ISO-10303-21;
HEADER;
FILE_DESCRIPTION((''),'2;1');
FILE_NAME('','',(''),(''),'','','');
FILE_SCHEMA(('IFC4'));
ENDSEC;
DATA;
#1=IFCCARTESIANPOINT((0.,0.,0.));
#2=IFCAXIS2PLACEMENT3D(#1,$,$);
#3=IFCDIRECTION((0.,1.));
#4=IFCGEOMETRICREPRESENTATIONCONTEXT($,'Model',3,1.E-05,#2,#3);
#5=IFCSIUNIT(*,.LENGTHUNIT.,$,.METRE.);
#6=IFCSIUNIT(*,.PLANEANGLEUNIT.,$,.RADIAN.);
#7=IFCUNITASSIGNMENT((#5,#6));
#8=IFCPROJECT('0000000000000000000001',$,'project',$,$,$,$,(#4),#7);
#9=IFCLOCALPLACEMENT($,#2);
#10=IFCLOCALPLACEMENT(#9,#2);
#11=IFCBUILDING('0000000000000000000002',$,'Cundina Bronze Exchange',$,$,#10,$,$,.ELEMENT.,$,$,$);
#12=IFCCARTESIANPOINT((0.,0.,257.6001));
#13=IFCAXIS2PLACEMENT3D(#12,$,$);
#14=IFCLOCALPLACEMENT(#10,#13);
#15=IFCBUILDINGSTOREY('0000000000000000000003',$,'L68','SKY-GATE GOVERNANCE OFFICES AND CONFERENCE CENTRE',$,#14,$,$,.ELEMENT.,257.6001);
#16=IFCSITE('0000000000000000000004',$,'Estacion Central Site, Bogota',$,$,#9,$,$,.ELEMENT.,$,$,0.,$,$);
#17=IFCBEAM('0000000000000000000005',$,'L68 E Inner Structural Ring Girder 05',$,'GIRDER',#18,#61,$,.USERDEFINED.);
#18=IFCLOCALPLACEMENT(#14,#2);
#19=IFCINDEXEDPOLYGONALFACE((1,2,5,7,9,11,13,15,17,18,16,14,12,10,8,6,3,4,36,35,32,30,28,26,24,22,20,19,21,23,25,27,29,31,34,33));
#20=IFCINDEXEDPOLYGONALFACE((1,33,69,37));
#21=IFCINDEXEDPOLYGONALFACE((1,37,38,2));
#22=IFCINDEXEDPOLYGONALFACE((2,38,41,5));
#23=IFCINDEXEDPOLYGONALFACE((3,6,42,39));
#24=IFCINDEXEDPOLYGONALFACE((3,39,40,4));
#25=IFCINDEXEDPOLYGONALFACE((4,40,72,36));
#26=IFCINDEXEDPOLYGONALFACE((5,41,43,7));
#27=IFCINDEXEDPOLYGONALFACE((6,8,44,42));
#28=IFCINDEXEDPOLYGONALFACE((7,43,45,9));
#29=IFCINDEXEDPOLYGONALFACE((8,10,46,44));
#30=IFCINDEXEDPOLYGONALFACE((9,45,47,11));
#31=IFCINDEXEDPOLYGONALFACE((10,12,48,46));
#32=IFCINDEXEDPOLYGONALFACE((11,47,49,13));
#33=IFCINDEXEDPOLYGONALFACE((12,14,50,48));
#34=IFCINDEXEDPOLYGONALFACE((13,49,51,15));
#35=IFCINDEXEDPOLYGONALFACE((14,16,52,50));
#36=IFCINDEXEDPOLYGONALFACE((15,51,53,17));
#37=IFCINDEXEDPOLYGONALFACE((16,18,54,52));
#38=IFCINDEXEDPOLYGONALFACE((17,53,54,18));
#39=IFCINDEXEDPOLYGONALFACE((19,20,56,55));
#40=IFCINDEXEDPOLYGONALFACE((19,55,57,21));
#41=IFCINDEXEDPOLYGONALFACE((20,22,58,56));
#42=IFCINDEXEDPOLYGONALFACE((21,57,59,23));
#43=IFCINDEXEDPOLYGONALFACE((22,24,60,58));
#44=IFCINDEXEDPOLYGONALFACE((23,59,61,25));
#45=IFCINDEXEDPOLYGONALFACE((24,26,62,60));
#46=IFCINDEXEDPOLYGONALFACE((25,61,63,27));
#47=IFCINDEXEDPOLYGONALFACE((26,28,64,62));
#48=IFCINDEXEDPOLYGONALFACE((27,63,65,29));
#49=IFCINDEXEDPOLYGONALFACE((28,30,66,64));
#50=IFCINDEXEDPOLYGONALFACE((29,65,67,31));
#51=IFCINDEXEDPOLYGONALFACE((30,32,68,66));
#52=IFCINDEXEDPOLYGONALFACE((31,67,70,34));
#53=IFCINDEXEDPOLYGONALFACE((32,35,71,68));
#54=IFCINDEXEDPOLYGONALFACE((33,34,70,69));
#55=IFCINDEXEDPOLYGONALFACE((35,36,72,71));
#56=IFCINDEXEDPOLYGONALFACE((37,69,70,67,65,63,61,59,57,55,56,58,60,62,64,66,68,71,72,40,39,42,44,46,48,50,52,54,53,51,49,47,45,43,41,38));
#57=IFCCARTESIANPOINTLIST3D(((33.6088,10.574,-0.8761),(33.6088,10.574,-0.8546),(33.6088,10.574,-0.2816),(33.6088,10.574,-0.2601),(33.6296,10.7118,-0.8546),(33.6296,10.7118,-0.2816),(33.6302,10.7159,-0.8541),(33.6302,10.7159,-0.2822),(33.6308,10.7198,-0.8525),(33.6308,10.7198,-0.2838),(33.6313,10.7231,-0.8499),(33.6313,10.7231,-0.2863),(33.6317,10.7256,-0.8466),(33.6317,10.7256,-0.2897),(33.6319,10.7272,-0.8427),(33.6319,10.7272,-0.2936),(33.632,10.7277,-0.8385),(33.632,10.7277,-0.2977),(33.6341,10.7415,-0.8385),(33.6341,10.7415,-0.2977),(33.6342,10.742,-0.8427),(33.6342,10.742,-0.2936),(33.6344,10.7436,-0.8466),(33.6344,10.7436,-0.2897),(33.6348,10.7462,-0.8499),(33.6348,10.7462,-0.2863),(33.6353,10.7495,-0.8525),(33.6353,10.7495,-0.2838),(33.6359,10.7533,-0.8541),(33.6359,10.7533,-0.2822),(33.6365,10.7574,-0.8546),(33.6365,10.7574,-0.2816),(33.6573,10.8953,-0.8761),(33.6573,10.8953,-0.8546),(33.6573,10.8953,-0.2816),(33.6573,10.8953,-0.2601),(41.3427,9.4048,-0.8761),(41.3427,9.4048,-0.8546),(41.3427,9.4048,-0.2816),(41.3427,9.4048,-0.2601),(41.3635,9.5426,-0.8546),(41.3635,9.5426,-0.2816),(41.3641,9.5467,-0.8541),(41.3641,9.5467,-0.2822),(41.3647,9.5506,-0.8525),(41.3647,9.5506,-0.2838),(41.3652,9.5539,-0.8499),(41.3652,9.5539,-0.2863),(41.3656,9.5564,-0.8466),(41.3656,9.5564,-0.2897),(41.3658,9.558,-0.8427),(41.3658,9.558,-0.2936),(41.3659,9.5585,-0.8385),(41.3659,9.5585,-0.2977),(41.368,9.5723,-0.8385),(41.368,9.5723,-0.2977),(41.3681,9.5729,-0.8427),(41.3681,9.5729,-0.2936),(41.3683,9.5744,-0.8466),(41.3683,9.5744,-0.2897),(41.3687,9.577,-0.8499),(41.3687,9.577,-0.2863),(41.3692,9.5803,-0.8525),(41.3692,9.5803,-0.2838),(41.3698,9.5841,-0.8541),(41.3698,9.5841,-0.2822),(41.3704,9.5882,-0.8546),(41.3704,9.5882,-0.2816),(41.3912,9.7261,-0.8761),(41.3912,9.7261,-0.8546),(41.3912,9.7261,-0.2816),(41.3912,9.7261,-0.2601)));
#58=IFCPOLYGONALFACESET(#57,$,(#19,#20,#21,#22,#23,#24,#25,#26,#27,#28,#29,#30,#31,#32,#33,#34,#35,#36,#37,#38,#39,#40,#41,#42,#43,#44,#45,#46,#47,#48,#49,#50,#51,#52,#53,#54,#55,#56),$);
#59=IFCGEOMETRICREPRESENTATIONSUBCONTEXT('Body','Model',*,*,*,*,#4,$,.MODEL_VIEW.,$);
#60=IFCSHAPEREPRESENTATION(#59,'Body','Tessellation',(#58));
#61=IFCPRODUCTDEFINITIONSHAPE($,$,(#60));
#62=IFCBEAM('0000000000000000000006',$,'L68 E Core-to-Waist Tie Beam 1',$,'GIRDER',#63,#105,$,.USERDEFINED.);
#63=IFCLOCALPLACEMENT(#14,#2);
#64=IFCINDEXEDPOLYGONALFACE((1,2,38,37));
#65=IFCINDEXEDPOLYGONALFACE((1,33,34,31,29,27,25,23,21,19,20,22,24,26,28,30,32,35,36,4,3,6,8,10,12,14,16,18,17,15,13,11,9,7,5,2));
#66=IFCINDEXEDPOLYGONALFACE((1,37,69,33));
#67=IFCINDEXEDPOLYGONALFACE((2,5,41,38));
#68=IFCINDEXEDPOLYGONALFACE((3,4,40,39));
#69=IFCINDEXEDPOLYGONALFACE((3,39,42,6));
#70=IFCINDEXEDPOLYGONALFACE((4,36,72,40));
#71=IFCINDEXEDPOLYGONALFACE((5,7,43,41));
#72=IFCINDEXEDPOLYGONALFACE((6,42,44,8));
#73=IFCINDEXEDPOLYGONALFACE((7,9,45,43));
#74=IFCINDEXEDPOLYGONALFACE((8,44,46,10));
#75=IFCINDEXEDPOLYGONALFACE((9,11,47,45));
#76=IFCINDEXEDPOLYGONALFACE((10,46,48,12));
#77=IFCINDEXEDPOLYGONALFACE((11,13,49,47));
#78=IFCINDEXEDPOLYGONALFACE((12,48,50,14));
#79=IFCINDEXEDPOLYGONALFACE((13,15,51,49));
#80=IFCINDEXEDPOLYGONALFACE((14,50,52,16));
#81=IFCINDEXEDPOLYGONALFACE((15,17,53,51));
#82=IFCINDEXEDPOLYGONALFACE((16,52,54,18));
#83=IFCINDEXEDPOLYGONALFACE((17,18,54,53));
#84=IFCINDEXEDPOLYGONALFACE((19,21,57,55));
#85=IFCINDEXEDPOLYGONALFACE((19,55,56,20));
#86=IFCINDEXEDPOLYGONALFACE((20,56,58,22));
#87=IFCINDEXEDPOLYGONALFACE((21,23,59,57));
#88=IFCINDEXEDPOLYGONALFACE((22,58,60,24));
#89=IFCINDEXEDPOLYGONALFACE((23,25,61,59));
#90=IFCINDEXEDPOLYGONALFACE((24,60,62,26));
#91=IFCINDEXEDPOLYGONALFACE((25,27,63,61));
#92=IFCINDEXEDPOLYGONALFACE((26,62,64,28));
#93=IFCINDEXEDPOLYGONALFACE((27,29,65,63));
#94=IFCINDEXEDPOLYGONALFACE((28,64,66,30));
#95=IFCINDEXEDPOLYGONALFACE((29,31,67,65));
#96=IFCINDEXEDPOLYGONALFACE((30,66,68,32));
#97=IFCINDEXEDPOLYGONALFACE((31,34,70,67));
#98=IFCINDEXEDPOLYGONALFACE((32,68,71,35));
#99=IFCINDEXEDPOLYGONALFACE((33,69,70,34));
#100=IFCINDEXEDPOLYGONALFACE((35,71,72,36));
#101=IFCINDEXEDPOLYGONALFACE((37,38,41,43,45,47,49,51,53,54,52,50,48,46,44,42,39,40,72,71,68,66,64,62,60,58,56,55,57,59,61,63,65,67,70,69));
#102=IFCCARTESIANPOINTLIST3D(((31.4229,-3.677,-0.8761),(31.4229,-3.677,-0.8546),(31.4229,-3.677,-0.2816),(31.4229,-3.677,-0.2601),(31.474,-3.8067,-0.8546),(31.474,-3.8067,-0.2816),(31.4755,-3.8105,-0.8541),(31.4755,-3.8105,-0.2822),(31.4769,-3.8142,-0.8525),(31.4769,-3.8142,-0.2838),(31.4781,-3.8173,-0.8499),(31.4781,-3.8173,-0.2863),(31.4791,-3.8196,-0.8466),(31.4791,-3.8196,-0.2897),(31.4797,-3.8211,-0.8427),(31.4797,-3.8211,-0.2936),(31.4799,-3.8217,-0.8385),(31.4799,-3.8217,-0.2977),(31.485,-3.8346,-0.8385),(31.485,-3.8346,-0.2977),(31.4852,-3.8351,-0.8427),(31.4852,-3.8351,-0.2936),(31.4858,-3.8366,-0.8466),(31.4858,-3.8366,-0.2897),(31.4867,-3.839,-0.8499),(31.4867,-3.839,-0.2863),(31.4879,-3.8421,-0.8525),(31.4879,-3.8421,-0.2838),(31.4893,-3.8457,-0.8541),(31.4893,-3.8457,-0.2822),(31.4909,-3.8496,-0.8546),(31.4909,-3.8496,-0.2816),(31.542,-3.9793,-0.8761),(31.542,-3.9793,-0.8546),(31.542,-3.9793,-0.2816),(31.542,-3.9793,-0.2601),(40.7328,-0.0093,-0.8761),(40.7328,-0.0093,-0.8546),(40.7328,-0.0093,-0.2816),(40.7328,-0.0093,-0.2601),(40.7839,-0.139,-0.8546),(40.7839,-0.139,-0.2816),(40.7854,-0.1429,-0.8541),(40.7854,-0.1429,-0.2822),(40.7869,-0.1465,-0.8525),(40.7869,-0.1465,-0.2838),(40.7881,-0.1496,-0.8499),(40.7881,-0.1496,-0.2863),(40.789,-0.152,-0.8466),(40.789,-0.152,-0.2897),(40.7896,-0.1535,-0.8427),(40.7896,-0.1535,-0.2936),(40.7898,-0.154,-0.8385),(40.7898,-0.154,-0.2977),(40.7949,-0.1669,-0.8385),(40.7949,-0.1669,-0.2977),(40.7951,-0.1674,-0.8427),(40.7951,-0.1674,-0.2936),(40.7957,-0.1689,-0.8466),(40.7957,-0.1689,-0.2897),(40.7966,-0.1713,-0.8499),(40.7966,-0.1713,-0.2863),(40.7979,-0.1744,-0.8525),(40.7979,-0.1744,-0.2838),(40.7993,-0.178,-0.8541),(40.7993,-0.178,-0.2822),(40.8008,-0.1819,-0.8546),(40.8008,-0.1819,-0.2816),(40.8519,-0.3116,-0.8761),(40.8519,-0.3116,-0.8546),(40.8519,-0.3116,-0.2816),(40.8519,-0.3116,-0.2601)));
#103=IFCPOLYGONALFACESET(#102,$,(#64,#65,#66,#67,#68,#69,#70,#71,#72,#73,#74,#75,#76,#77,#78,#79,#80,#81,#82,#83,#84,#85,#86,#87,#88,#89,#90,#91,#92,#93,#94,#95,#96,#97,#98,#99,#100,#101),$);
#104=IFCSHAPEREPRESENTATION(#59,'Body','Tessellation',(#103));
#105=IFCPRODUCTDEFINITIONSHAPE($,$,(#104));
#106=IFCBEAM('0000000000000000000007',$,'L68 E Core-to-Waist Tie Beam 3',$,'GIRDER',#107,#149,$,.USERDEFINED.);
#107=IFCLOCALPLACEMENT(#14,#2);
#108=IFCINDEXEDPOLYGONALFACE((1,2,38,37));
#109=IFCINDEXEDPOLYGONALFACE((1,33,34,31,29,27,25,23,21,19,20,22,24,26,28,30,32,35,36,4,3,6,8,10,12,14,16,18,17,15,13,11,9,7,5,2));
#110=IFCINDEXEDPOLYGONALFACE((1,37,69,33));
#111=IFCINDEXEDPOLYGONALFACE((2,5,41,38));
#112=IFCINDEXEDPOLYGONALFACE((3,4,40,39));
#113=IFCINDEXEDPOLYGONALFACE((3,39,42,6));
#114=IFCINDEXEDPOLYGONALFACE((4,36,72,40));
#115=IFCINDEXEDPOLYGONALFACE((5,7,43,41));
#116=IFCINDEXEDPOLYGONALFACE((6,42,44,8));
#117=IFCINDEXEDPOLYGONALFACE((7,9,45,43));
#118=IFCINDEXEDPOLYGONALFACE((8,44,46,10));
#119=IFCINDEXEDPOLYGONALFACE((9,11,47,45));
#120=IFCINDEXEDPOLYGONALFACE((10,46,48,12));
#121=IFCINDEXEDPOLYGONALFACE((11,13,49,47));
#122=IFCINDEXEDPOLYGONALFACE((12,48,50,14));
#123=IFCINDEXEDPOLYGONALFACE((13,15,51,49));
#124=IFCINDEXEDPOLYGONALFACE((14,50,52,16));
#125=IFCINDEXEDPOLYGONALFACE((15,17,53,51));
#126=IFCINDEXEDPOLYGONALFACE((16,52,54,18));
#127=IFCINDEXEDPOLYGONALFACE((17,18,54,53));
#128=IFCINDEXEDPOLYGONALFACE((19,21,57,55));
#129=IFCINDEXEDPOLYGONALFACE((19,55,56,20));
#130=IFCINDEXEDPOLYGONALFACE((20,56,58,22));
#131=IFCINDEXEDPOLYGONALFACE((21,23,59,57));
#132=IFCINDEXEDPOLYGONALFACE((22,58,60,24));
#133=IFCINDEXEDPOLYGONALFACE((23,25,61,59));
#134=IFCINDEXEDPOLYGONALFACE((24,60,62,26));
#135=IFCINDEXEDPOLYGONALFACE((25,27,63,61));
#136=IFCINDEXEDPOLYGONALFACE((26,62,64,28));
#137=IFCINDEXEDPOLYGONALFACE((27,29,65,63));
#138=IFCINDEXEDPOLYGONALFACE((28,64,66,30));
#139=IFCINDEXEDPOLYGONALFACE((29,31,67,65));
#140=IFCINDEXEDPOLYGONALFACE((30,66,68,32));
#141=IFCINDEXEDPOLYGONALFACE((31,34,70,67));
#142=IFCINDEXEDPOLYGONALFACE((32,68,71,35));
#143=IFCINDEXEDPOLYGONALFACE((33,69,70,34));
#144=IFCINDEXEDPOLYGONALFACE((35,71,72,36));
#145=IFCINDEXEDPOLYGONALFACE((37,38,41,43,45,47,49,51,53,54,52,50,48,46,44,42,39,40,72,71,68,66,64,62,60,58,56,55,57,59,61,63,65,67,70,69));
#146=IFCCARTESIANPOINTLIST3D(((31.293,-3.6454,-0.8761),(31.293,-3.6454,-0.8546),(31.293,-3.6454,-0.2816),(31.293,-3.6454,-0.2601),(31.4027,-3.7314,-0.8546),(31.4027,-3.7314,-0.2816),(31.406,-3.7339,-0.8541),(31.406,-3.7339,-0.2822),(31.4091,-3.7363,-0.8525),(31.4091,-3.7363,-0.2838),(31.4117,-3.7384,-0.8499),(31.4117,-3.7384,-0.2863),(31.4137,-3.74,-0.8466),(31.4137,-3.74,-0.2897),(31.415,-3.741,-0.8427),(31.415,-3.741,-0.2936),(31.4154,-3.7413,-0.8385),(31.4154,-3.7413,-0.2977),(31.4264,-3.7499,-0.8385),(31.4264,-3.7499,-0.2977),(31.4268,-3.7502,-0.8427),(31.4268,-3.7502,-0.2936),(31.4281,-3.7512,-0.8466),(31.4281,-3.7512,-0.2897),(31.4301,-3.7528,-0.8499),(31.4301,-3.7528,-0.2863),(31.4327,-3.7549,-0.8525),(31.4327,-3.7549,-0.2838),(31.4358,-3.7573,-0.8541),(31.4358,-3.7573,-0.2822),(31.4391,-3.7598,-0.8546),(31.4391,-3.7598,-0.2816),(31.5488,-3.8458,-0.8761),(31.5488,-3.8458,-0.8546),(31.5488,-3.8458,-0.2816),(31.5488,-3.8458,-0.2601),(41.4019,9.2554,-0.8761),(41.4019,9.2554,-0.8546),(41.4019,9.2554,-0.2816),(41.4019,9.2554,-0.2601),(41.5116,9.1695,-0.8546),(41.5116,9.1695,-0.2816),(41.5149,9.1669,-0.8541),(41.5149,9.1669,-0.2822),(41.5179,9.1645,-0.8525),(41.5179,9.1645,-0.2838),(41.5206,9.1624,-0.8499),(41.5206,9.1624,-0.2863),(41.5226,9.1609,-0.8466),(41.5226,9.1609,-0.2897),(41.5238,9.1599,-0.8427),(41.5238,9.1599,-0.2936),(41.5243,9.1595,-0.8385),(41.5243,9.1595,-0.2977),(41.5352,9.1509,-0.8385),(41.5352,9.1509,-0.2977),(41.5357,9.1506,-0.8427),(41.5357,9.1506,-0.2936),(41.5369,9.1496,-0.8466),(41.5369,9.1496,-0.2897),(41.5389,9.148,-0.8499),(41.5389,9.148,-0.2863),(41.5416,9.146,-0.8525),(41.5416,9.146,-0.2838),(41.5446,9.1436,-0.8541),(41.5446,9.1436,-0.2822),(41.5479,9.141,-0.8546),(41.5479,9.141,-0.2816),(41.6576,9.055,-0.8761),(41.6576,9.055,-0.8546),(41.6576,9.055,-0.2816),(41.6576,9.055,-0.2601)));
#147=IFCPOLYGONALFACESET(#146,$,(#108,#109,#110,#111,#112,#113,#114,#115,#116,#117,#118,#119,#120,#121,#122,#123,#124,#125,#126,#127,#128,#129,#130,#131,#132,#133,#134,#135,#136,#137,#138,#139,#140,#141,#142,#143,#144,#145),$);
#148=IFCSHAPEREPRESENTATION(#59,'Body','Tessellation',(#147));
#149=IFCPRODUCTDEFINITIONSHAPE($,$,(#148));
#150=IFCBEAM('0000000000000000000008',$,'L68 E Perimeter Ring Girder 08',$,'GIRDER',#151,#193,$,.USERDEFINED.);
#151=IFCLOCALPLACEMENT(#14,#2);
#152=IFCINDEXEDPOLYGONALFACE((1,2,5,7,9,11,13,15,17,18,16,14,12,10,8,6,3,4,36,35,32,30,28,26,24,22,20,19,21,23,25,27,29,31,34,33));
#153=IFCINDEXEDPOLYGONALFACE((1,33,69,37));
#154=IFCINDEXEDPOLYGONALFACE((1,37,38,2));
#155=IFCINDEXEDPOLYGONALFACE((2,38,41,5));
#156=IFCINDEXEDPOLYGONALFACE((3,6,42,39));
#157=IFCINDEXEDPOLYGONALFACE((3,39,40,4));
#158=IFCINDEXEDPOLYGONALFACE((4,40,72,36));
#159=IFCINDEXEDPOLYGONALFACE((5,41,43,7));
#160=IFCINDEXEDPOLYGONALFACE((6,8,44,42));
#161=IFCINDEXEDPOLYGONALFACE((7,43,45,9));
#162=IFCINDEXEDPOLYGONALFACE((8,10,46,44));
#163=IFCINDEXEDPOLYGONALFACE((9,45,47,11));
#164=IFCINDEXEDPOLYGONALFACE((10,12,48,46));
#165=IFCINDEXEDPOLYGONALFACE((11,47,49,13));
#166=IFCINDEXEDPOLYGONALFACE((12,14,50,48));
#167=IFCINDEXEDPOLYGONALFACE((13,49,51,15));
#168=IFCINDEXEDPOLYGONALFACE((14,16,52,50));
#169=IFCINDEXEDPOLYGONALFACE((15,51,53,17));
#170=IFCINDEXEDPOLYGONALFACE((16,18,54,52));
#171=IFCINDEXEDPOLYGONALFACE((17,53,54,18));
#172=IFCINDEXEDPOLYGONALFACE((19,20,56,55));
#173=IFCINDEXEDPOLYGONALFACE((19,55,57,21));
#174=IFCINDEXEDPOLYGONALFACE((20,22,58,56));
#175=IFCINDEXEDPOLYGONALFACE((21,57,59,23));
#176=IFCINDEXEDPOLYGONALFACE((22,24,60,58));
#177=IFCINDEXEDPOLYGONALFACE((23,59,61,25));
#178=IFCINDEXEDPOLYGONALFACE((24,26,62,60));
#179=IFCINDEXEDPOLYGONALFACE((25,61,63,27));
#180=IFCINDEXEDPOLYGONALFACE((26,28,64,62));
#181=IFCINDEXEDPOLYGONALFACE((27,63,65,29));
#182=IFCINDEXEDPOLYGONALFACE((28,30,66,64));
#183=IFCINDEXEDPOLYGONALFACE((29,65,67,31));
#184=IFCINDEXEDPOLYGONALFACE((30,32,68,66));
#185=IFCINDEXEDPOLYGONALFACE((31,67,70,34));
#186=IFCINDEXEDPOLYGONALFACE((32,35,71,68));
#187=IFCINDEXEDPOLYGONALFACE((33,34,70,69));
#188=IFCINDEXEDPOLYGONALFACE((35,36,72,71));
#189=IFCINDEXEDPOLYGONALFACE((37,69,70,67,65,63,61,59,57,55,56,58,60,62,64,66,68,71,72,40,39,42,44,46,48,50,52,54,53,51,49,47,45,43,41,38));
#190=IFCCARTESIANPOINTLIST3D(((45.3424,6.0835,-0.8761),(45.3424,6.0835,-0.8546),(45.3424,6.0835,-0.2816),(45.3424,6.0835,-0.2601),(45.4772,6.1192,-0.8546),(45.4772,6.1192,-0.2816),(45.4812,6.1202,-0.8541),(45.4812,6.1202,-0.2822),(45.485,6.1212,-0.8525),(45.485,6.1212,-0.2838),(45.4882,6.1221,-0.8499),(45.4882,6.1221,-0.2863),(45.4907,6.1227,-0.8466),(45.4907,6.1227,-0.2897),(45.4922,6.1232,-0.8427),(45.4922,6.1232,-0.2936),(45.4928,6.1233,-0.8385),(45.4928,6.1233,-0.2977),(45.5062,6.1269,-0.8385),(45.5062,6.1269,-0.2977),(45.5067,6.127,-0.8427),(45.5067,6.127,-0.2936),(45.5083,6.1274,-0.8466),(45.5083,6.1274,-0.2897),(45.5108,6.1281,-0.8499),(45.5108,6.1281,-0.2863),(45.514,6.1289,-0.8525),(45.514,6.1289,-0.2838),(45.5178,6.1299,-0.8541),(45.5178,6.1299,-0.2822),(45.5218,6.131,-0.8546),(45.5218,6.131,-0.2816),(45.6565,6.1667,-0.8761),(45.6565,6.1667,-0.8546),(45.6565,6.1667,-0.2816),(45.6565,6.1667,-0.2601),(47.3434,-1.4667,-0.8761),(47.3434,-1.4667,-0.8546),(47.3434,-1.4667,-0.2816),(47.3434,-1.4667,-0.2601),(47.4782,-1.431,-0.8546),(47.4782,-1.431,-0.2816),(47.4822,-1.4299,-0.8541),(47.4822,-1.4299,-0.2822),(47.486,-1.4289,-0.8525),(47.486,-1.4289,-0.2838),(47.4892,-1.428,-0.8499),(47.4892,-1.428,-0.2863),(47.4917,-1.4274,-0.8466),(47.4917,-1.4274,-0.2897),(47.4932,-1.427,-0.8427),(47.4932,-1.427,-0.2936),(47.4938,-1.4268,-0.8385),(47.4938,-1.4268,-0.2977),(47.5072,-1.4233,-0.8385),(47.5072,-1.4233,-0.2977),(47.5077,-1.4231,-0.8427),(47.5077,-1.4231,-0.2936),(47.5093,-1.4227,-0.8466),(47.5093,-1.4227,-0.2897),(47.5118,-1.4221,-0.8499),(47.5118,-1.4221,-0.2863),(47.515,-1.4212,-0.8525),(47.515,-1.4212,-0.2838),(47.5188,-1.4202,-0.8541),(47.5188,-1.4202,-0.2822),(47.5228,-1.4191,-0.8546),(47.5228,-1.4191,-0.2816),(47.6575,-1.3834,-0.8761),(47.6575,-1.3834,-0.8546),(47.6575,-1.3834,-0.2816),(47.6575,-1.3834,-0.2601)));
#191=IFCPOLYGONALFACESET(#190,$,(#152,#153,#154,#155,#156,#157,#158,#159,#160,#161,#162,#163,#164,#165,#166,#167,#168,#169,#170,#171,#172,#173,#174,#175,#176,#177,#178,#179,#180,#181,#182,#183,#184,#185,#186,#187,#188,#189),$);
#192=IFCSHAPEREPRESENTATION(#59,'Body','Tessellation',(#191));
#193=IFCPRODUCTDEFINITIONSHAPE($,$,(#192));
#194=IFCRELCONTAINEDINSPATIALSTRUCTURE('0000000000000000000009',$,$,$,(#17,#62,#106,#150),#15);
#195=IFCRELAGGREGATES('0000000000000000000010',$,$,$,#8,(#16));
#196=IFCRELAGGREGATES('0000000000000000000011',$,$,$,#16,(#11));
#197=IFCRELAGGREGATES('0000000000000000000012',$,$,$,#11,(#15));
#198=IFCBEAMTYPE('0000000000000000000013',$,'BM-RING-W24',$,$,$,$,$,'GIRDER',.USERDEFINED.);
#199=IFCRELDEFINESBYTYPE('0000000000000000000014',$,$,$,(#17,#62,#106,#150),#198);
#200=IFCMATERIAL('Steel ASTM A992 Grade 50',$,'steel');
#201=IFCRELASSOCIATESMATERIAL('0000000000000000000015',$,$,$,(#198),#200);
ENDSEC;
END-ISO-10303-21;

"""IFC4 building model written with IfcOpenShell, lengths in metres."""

from ifc_helpers import new_model, si_unit, direction, frame, origin, origin_2d, place, context, subcontext, project, spatial, i_section, extrude, material, material_profile, profile_set, type_object, element, save


model = new_model("IFC4")

# Units and contexts
model_context = context("Model", 3, precision=1e-05, world=origin(), true_north=direction((0.0, 1.0)))
body_context = subcontext(model_context, "Body", "Model", "MODEL_VIEW")
ifc_project = project(units=[si_unit("LENGTHUNIT", "METRE"), si_unit("PLANEANGLEUNIT", "RADIAN")], contexts=[model_context])

# Site, building, storey
site_placement = place(None, origin())
site = spatial("IfcSite", under=ifc_project, at=site_placement, Name="Estacion Central Site, Bogota", CompositionType="ELEMENT", RefElevation=0.0)
building_placement = place(site_placement, origin())
building = spatial("IfcBuilding", under=site, at=building_placement, Name="Cundina Bronze Exchange", CompositionType="ELEMENT")
storey_placement = place(building_placement, frame((0.0, 0.0, 257.6001)))
storey = spatial("IfcBuildingStorey", under=building, at=storey_placement, Name="L68", Description="SKY-GATE GOVERNANCE OFFICES AND CONFERENCE CENTRE", CompositionType="ELEMENT", Elevation=257.6001)

# Shared definitions
ifc_material_1 = material(Name="Steel ASTM A992 Grade 50", Category="steel")

# Beams
ifc_material_profile_1 = material_profile(ifc_material_1, i_section(OverallWidth=0.325, OverallDepth=0.616, WebThickness=0.0139, FlangeThickness=0.0215, FilletRadius=0.0161, at=origin_2d()), Name="W24X117", Category="steel")
ifc_profile_set_1 = profile_set([ifc_material_profile_1], Name="Steel ASTM A992 Grade 50")
beam_type_1 = type_object("IfcBeamType", Name="BM-RING-W24", ElementType="GIRDER", PredefinedType="USERDEFINED", material=ifc_profile_set_1)
beam_1_placement = place(storey_placement, frame((41.3669, 9.5654, -0.5681), z_axis=(-0.988765, 0.149479, 0.0), x_axis=(-0.149479, -0.988765, 0.0)))
element("IfcBeam", 1, at=beam_1_placement, inside=storey, type_object=beam_type_1, Name="L68 E Inner Structural Ring Girder 05", ObjectType="GIRDER", PredefinedType="USERDEFINED", context=body_context, shape_type="SweptSolid", body=[
    extrude(i_section(OverallWidth=0.325, OverallDepth=0.616, WebThickness=0.0139, FlangeThickness=0.0215, FilletRadius=0.0161, at=origin_2d()), origin(), (0.0, 0.0, 1.0), 7.8218),
])
beam_2_placement = place(storey_placement, frame((31.4824, -3.8281, -0.5681), z_axis=(0.930404, 0.366535, 0.0), x_axis=(-0.366535, 0.930404, 0.0)))
element("IfcBeam", 2, at=beam_2_placement, inside=storey, type_object=beam_type_1, Name="L68 E Core-to-Waist Tie Beam 1", ObjectType="GIRDER", PredefinedType="USERDEFINED", context=body_context, shape_type="SweptSolid", body=[
    extrude(i_section(OverallWidth=0.325, OverallDepth=0.616, WebThickness=0.0139, FlangeThickness=0.0215, FilletRadius=0.0161, at=origin_2d()), origin(), (0.0, 0.0, 1.0), 10.0063),
])
beam_3_placement = place(storey_placement, frame((31.4209, -3.7456, -0.5681), z_axis=(0.616783, 0.787133, 0.0), x_axis=(-0.787133, 0.616783, 0.0)))
element("IfcBeam", 3, at=beam_3_placement, inside=storey, type_object=beam_type_1, Name="L68 E Core-to-Waist Tie Beam 3", ObjectType="GIRDER", PredefinedType="USERDEFINED", context=body_context, shape_type="SweptSolid", body=[
    extrude(i_section(OverallWidth=0.325, OverallDepth=0.616, WebThickness=0.0139, FlangeThickness=0.0215, FilletRadius=0.0161, at=origin_2d()), origin(), (0.0, 0.0, 1.0), 16.3896),
])
for number, where, z_axis, x_axis, name in (
    (4, (47.5005, -1.425, -0.5681), (-0.256184, 0.966628, 0.0), (-0.966628, -0.256184, 0.0), "L68 E Perimeter Ring Girder 08"),
):
    element("IfcBeam", number, at=place(storey_placement, frame(where, z_axis=z_axis, x_axis=x_axis)), inside=storey, type_object=beam_type_1, Name=name, ObjectType="GIRDER", PredefinedType="USERDEFINED", context=body_context, shape_type="SweptSolid", body=[
        extrude(i_section(OverallWidth=0.325, OverallDepth=0.616, WebThickness=0.0139, FlangeThickness=0.0215, FilletRadius=0.0161, at=origin_2d()), origin(), (0.0, 0.0, 1.0), 7.8108),
    ])

save(model, "model.ifc")
